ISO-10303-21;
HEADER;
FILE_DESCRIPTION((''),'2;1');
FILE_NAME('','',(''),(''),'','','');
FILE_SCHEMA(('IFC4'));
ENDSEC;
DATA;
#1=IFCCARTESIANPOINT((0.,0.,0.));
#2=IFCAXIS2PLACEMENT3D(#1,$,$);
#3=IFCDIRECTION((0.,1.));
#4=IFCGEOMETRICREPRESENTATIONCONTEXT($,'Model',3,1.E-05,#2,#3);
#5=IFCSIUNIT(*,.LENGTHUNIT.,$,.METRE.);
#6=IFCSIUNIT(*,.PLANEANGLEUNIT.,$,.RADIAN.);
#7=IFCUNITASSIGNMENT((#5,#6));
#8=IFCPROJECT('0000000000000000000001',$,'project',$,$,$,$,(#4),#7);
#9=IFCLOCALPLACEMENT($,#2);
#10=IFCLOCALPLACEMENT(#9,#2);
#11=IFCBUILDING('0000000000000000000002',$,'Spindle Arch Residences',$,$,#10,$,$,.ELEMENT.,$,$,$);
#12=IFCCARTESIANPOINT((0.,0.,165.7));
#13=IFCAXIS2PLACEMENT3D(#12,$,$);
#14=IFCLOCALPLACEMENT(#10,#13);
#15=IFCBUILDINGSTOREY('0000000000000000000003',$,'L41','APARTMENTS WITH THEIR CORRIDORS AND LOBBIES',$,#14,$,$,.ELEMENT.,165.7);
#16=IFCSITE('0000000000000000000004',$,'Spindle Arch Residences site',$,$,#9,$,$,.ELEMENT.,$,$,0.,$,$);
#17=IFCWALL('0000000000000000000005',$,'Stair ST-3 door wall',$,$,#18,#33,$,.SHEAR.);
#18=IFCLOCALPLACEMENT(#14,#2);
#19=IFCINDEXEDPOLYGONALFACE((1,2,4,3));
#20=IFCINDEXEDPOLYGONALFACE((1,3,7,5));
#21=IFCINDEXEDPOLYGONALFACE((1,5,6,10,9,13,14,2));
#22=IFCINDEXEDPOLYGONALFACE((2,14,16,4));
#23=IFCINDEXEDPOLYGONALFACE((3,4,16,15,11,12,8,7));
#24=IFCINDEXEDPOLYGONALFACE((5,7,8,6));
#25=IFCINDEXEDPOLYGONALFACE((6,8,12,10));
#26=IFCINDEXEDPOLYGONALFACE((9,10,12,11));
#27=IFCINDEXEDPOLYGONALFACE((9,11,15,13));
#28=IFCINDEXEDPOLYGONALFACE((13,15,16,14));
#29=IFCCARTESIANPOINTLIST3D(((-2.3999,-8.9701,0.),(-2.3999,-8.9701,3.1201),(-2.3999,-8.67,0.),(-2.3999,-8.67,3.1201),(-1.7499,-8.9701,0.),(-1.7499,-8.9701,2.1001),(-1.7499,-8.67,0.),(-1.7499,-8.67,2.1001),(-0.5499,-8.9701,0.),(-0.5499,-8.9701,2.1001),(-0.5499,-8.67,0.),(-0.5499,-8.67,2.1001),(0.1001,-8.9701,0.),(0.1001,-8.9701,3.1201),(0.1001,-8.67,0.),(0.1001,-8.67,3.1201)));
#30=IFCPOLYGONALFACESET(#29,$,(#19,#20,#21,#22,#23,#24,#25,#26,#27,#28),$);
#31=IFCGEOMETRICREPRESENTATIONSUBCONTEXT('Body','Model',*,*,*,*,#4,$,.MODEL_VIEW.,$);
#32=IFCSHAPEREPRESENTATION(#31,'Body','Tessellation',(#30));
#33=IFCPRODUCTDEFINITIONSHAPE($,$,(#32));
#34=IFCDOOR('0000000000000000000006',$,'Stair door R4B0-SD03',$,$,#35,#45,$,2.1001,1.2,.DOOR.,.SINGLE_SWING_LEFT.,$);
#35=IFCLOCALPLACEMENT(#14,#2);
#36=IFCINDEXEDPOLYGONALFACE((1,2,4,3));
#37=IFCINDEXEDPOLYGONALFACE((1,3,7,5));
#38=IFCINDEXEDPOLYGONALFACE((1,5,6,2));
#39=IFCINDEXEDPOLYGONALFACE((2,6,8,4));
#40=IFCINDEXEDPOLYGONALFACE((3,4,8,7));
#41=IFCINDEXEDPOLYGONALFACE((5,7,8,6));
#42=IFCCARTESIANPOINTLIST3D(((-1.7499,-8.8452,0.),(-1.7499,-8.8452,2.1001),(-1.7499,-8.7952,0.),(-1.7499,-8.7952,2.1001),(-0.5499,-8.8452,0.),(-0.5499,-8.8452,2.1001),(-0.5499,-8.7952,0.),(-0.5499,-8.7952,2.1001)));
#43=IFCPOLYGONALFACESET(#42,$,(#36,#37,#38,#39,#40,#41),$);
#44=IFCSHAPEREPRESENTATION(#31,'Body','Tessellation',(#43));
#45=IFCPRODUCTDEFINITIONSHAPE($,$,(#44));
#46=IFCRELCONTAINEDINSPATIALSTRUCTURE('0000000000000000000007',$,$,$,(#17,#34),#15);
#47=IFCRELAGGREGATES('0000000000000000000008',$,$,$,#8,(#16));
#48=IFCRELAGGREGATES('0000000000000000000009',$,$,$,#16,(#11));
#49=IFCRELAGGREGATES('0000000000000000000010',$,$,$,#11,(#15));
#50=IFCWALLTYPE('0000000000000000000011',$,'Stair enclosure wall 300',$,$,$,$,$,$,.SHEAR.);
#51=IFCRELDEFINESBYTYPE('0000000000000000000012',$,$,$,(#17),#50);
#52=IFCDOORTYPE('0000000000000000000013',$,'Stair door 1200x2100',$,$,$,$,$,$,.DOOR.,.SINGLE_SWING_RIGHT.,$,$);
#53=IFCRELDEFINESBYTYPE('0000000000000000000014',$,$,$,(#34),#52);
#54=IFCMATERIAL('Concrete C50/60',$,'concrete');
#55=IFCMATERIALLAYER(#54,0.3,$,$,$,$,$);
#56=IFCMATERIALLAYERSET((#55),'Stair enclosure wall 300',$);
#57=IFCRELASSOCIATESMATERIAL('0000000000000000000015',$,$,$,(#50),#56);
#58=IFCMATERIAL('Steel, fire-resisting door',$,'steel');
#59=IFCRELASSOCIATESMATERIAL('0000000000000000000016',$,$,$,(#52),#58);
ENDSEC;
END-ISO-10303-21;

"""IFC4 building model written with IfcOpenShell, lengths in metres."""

from ifc_helpers import new_model, si_unit, direction, frame, frame_2d, origin, place, context, subcontext, project, spatial, rectangle, extrude, material, layer, layer_set, type_object, element, fill, save


model = new_model("IFC4")

# Units and contexts
model_context = context("Model", 3, precision=1e-05, world=origin(), true_north=direction((0.0, 1.0)))
body_context = subcontext(model_context, "Body", "Model", "MODEL_VIEW")
ifc_project = project(units=[si_unit("LENGTHUNIT", "METRE"), si_unit("PLANEANGLEUNIT", "RADIAN")], contexts=[model_context])

# Site, building, storey
site_placement = place(None, origin())
site = spatial("IfcSite", under=ifc_project, at=site_placement, Name="Spindle Arch Residences site", CompositionType="ELEMENT", RefElevation=0.0)
building_placement = place(site_placement, origin())
building = spatial("IfcBuilding", under=site, at=building_placement, Name="Spindle Arch Residences", CompositionType="ELEMENT")
storey_placement = place(building_placement, frame((0.0, 0.0, 165.7)))
storey = spatial("IfcBuildingStorey", under=building, at=storey_placement, Name="L41", Description="APARTMENTS WITH THEIR CORRIDORS AND LOBBIES", CompositionType="ELEMENT", Elevation=165.7)

# Wall, opening, door
ifc_material_1 = material(Name="Concrete C50/60", Category="concrete")
ifc_layer_1 = layer(ifc_material_1, 0.3)
ifc_layer_set_1 = layer_set([ifc_layer_1], Name="Stair enclosure wall 300")
wall_type_1 = type_object("IfcWallType", Name="Stair enclosure wall 300", PredefinedType="SHEAR", material=ifc_layer_set_1)
wall_1_placement = place(storey_placement, frame((-2.3999, -8.8201, 0.0), z_axis=(0.0, 0.0, 1.0), x_axis=(1.0, 0.0, 0.0)))
wall_1 = element("IfcWall", 1, at=wall_1_placement, inside=storey, type_object=wall_type_1, Name="Stair ST-3 door wall", PredefinedType="SHEAR", context=body_context, shape_type="SweptSolid", body=[
    extrude(rectangle(XDim=2.5, YDim=0.3, at=frame_2d((1.25, 0.0))), origin(), (0.0, 0.0, 1.0), 3.1201),
])
opening_1_placement = place(wall_1_placement, frame((0.6499, 0.0, 0.0)))
opening_1 = element("IfcOpeningElement", 2, at=opening_1_placement, cuts=wall_1, PredefinedType="OPENING", context=body_context, shape_type="SweptSolid", body=[
    extrude(rectangle(XDim=1.2, YDim=2.1001, at=frame_2d((0.6001, 1.05))), frame((0.0, 0.1602, 0.0), z_axis=(0.0, -1.0, 0.0), x_axis=(1.0, 0.0, 0.0)), (0.0, 0.0, 1.0), 0.3201),
])
ifc_material_2 = material(Name="Steel, fire-resisting door", Category="steel")
door_type_1 = type_object("IfcDoorType", Name="Stair door 1200x2100", OperationType="SINGLE_SWING_RIGHT", PredefinedType="DOOR", material=ifc_material_2)
door_1_placement = place(opening_1_placement, origin())
door_1 = element("IfcDoor", 3, at=door_1_placement, inside=storey, type_object=door_type_1, Name="Stair door R4B0-SD03", OperationType="SINGLE_SWING_LEFT", OverallHeight=2.1001, OverallWidth=1.2, PredefinedType="DOOR", context=body_context, shape_type="SweptSolid", body=[
    extrude(rectangle(XDim=1.2, YDim=2.1001, at=frame_2d((0.6001, 1.05))), frame((0.0, 0.0249, 0.0), z_axis=(0.0, -1.0, 0.0), x_axis=(1.0, 0.0, 0.0)), (0.0, 0.0, 1.0), 0.05),
])
fill(opening_1, door_1)

save(model, "model.ifc")
